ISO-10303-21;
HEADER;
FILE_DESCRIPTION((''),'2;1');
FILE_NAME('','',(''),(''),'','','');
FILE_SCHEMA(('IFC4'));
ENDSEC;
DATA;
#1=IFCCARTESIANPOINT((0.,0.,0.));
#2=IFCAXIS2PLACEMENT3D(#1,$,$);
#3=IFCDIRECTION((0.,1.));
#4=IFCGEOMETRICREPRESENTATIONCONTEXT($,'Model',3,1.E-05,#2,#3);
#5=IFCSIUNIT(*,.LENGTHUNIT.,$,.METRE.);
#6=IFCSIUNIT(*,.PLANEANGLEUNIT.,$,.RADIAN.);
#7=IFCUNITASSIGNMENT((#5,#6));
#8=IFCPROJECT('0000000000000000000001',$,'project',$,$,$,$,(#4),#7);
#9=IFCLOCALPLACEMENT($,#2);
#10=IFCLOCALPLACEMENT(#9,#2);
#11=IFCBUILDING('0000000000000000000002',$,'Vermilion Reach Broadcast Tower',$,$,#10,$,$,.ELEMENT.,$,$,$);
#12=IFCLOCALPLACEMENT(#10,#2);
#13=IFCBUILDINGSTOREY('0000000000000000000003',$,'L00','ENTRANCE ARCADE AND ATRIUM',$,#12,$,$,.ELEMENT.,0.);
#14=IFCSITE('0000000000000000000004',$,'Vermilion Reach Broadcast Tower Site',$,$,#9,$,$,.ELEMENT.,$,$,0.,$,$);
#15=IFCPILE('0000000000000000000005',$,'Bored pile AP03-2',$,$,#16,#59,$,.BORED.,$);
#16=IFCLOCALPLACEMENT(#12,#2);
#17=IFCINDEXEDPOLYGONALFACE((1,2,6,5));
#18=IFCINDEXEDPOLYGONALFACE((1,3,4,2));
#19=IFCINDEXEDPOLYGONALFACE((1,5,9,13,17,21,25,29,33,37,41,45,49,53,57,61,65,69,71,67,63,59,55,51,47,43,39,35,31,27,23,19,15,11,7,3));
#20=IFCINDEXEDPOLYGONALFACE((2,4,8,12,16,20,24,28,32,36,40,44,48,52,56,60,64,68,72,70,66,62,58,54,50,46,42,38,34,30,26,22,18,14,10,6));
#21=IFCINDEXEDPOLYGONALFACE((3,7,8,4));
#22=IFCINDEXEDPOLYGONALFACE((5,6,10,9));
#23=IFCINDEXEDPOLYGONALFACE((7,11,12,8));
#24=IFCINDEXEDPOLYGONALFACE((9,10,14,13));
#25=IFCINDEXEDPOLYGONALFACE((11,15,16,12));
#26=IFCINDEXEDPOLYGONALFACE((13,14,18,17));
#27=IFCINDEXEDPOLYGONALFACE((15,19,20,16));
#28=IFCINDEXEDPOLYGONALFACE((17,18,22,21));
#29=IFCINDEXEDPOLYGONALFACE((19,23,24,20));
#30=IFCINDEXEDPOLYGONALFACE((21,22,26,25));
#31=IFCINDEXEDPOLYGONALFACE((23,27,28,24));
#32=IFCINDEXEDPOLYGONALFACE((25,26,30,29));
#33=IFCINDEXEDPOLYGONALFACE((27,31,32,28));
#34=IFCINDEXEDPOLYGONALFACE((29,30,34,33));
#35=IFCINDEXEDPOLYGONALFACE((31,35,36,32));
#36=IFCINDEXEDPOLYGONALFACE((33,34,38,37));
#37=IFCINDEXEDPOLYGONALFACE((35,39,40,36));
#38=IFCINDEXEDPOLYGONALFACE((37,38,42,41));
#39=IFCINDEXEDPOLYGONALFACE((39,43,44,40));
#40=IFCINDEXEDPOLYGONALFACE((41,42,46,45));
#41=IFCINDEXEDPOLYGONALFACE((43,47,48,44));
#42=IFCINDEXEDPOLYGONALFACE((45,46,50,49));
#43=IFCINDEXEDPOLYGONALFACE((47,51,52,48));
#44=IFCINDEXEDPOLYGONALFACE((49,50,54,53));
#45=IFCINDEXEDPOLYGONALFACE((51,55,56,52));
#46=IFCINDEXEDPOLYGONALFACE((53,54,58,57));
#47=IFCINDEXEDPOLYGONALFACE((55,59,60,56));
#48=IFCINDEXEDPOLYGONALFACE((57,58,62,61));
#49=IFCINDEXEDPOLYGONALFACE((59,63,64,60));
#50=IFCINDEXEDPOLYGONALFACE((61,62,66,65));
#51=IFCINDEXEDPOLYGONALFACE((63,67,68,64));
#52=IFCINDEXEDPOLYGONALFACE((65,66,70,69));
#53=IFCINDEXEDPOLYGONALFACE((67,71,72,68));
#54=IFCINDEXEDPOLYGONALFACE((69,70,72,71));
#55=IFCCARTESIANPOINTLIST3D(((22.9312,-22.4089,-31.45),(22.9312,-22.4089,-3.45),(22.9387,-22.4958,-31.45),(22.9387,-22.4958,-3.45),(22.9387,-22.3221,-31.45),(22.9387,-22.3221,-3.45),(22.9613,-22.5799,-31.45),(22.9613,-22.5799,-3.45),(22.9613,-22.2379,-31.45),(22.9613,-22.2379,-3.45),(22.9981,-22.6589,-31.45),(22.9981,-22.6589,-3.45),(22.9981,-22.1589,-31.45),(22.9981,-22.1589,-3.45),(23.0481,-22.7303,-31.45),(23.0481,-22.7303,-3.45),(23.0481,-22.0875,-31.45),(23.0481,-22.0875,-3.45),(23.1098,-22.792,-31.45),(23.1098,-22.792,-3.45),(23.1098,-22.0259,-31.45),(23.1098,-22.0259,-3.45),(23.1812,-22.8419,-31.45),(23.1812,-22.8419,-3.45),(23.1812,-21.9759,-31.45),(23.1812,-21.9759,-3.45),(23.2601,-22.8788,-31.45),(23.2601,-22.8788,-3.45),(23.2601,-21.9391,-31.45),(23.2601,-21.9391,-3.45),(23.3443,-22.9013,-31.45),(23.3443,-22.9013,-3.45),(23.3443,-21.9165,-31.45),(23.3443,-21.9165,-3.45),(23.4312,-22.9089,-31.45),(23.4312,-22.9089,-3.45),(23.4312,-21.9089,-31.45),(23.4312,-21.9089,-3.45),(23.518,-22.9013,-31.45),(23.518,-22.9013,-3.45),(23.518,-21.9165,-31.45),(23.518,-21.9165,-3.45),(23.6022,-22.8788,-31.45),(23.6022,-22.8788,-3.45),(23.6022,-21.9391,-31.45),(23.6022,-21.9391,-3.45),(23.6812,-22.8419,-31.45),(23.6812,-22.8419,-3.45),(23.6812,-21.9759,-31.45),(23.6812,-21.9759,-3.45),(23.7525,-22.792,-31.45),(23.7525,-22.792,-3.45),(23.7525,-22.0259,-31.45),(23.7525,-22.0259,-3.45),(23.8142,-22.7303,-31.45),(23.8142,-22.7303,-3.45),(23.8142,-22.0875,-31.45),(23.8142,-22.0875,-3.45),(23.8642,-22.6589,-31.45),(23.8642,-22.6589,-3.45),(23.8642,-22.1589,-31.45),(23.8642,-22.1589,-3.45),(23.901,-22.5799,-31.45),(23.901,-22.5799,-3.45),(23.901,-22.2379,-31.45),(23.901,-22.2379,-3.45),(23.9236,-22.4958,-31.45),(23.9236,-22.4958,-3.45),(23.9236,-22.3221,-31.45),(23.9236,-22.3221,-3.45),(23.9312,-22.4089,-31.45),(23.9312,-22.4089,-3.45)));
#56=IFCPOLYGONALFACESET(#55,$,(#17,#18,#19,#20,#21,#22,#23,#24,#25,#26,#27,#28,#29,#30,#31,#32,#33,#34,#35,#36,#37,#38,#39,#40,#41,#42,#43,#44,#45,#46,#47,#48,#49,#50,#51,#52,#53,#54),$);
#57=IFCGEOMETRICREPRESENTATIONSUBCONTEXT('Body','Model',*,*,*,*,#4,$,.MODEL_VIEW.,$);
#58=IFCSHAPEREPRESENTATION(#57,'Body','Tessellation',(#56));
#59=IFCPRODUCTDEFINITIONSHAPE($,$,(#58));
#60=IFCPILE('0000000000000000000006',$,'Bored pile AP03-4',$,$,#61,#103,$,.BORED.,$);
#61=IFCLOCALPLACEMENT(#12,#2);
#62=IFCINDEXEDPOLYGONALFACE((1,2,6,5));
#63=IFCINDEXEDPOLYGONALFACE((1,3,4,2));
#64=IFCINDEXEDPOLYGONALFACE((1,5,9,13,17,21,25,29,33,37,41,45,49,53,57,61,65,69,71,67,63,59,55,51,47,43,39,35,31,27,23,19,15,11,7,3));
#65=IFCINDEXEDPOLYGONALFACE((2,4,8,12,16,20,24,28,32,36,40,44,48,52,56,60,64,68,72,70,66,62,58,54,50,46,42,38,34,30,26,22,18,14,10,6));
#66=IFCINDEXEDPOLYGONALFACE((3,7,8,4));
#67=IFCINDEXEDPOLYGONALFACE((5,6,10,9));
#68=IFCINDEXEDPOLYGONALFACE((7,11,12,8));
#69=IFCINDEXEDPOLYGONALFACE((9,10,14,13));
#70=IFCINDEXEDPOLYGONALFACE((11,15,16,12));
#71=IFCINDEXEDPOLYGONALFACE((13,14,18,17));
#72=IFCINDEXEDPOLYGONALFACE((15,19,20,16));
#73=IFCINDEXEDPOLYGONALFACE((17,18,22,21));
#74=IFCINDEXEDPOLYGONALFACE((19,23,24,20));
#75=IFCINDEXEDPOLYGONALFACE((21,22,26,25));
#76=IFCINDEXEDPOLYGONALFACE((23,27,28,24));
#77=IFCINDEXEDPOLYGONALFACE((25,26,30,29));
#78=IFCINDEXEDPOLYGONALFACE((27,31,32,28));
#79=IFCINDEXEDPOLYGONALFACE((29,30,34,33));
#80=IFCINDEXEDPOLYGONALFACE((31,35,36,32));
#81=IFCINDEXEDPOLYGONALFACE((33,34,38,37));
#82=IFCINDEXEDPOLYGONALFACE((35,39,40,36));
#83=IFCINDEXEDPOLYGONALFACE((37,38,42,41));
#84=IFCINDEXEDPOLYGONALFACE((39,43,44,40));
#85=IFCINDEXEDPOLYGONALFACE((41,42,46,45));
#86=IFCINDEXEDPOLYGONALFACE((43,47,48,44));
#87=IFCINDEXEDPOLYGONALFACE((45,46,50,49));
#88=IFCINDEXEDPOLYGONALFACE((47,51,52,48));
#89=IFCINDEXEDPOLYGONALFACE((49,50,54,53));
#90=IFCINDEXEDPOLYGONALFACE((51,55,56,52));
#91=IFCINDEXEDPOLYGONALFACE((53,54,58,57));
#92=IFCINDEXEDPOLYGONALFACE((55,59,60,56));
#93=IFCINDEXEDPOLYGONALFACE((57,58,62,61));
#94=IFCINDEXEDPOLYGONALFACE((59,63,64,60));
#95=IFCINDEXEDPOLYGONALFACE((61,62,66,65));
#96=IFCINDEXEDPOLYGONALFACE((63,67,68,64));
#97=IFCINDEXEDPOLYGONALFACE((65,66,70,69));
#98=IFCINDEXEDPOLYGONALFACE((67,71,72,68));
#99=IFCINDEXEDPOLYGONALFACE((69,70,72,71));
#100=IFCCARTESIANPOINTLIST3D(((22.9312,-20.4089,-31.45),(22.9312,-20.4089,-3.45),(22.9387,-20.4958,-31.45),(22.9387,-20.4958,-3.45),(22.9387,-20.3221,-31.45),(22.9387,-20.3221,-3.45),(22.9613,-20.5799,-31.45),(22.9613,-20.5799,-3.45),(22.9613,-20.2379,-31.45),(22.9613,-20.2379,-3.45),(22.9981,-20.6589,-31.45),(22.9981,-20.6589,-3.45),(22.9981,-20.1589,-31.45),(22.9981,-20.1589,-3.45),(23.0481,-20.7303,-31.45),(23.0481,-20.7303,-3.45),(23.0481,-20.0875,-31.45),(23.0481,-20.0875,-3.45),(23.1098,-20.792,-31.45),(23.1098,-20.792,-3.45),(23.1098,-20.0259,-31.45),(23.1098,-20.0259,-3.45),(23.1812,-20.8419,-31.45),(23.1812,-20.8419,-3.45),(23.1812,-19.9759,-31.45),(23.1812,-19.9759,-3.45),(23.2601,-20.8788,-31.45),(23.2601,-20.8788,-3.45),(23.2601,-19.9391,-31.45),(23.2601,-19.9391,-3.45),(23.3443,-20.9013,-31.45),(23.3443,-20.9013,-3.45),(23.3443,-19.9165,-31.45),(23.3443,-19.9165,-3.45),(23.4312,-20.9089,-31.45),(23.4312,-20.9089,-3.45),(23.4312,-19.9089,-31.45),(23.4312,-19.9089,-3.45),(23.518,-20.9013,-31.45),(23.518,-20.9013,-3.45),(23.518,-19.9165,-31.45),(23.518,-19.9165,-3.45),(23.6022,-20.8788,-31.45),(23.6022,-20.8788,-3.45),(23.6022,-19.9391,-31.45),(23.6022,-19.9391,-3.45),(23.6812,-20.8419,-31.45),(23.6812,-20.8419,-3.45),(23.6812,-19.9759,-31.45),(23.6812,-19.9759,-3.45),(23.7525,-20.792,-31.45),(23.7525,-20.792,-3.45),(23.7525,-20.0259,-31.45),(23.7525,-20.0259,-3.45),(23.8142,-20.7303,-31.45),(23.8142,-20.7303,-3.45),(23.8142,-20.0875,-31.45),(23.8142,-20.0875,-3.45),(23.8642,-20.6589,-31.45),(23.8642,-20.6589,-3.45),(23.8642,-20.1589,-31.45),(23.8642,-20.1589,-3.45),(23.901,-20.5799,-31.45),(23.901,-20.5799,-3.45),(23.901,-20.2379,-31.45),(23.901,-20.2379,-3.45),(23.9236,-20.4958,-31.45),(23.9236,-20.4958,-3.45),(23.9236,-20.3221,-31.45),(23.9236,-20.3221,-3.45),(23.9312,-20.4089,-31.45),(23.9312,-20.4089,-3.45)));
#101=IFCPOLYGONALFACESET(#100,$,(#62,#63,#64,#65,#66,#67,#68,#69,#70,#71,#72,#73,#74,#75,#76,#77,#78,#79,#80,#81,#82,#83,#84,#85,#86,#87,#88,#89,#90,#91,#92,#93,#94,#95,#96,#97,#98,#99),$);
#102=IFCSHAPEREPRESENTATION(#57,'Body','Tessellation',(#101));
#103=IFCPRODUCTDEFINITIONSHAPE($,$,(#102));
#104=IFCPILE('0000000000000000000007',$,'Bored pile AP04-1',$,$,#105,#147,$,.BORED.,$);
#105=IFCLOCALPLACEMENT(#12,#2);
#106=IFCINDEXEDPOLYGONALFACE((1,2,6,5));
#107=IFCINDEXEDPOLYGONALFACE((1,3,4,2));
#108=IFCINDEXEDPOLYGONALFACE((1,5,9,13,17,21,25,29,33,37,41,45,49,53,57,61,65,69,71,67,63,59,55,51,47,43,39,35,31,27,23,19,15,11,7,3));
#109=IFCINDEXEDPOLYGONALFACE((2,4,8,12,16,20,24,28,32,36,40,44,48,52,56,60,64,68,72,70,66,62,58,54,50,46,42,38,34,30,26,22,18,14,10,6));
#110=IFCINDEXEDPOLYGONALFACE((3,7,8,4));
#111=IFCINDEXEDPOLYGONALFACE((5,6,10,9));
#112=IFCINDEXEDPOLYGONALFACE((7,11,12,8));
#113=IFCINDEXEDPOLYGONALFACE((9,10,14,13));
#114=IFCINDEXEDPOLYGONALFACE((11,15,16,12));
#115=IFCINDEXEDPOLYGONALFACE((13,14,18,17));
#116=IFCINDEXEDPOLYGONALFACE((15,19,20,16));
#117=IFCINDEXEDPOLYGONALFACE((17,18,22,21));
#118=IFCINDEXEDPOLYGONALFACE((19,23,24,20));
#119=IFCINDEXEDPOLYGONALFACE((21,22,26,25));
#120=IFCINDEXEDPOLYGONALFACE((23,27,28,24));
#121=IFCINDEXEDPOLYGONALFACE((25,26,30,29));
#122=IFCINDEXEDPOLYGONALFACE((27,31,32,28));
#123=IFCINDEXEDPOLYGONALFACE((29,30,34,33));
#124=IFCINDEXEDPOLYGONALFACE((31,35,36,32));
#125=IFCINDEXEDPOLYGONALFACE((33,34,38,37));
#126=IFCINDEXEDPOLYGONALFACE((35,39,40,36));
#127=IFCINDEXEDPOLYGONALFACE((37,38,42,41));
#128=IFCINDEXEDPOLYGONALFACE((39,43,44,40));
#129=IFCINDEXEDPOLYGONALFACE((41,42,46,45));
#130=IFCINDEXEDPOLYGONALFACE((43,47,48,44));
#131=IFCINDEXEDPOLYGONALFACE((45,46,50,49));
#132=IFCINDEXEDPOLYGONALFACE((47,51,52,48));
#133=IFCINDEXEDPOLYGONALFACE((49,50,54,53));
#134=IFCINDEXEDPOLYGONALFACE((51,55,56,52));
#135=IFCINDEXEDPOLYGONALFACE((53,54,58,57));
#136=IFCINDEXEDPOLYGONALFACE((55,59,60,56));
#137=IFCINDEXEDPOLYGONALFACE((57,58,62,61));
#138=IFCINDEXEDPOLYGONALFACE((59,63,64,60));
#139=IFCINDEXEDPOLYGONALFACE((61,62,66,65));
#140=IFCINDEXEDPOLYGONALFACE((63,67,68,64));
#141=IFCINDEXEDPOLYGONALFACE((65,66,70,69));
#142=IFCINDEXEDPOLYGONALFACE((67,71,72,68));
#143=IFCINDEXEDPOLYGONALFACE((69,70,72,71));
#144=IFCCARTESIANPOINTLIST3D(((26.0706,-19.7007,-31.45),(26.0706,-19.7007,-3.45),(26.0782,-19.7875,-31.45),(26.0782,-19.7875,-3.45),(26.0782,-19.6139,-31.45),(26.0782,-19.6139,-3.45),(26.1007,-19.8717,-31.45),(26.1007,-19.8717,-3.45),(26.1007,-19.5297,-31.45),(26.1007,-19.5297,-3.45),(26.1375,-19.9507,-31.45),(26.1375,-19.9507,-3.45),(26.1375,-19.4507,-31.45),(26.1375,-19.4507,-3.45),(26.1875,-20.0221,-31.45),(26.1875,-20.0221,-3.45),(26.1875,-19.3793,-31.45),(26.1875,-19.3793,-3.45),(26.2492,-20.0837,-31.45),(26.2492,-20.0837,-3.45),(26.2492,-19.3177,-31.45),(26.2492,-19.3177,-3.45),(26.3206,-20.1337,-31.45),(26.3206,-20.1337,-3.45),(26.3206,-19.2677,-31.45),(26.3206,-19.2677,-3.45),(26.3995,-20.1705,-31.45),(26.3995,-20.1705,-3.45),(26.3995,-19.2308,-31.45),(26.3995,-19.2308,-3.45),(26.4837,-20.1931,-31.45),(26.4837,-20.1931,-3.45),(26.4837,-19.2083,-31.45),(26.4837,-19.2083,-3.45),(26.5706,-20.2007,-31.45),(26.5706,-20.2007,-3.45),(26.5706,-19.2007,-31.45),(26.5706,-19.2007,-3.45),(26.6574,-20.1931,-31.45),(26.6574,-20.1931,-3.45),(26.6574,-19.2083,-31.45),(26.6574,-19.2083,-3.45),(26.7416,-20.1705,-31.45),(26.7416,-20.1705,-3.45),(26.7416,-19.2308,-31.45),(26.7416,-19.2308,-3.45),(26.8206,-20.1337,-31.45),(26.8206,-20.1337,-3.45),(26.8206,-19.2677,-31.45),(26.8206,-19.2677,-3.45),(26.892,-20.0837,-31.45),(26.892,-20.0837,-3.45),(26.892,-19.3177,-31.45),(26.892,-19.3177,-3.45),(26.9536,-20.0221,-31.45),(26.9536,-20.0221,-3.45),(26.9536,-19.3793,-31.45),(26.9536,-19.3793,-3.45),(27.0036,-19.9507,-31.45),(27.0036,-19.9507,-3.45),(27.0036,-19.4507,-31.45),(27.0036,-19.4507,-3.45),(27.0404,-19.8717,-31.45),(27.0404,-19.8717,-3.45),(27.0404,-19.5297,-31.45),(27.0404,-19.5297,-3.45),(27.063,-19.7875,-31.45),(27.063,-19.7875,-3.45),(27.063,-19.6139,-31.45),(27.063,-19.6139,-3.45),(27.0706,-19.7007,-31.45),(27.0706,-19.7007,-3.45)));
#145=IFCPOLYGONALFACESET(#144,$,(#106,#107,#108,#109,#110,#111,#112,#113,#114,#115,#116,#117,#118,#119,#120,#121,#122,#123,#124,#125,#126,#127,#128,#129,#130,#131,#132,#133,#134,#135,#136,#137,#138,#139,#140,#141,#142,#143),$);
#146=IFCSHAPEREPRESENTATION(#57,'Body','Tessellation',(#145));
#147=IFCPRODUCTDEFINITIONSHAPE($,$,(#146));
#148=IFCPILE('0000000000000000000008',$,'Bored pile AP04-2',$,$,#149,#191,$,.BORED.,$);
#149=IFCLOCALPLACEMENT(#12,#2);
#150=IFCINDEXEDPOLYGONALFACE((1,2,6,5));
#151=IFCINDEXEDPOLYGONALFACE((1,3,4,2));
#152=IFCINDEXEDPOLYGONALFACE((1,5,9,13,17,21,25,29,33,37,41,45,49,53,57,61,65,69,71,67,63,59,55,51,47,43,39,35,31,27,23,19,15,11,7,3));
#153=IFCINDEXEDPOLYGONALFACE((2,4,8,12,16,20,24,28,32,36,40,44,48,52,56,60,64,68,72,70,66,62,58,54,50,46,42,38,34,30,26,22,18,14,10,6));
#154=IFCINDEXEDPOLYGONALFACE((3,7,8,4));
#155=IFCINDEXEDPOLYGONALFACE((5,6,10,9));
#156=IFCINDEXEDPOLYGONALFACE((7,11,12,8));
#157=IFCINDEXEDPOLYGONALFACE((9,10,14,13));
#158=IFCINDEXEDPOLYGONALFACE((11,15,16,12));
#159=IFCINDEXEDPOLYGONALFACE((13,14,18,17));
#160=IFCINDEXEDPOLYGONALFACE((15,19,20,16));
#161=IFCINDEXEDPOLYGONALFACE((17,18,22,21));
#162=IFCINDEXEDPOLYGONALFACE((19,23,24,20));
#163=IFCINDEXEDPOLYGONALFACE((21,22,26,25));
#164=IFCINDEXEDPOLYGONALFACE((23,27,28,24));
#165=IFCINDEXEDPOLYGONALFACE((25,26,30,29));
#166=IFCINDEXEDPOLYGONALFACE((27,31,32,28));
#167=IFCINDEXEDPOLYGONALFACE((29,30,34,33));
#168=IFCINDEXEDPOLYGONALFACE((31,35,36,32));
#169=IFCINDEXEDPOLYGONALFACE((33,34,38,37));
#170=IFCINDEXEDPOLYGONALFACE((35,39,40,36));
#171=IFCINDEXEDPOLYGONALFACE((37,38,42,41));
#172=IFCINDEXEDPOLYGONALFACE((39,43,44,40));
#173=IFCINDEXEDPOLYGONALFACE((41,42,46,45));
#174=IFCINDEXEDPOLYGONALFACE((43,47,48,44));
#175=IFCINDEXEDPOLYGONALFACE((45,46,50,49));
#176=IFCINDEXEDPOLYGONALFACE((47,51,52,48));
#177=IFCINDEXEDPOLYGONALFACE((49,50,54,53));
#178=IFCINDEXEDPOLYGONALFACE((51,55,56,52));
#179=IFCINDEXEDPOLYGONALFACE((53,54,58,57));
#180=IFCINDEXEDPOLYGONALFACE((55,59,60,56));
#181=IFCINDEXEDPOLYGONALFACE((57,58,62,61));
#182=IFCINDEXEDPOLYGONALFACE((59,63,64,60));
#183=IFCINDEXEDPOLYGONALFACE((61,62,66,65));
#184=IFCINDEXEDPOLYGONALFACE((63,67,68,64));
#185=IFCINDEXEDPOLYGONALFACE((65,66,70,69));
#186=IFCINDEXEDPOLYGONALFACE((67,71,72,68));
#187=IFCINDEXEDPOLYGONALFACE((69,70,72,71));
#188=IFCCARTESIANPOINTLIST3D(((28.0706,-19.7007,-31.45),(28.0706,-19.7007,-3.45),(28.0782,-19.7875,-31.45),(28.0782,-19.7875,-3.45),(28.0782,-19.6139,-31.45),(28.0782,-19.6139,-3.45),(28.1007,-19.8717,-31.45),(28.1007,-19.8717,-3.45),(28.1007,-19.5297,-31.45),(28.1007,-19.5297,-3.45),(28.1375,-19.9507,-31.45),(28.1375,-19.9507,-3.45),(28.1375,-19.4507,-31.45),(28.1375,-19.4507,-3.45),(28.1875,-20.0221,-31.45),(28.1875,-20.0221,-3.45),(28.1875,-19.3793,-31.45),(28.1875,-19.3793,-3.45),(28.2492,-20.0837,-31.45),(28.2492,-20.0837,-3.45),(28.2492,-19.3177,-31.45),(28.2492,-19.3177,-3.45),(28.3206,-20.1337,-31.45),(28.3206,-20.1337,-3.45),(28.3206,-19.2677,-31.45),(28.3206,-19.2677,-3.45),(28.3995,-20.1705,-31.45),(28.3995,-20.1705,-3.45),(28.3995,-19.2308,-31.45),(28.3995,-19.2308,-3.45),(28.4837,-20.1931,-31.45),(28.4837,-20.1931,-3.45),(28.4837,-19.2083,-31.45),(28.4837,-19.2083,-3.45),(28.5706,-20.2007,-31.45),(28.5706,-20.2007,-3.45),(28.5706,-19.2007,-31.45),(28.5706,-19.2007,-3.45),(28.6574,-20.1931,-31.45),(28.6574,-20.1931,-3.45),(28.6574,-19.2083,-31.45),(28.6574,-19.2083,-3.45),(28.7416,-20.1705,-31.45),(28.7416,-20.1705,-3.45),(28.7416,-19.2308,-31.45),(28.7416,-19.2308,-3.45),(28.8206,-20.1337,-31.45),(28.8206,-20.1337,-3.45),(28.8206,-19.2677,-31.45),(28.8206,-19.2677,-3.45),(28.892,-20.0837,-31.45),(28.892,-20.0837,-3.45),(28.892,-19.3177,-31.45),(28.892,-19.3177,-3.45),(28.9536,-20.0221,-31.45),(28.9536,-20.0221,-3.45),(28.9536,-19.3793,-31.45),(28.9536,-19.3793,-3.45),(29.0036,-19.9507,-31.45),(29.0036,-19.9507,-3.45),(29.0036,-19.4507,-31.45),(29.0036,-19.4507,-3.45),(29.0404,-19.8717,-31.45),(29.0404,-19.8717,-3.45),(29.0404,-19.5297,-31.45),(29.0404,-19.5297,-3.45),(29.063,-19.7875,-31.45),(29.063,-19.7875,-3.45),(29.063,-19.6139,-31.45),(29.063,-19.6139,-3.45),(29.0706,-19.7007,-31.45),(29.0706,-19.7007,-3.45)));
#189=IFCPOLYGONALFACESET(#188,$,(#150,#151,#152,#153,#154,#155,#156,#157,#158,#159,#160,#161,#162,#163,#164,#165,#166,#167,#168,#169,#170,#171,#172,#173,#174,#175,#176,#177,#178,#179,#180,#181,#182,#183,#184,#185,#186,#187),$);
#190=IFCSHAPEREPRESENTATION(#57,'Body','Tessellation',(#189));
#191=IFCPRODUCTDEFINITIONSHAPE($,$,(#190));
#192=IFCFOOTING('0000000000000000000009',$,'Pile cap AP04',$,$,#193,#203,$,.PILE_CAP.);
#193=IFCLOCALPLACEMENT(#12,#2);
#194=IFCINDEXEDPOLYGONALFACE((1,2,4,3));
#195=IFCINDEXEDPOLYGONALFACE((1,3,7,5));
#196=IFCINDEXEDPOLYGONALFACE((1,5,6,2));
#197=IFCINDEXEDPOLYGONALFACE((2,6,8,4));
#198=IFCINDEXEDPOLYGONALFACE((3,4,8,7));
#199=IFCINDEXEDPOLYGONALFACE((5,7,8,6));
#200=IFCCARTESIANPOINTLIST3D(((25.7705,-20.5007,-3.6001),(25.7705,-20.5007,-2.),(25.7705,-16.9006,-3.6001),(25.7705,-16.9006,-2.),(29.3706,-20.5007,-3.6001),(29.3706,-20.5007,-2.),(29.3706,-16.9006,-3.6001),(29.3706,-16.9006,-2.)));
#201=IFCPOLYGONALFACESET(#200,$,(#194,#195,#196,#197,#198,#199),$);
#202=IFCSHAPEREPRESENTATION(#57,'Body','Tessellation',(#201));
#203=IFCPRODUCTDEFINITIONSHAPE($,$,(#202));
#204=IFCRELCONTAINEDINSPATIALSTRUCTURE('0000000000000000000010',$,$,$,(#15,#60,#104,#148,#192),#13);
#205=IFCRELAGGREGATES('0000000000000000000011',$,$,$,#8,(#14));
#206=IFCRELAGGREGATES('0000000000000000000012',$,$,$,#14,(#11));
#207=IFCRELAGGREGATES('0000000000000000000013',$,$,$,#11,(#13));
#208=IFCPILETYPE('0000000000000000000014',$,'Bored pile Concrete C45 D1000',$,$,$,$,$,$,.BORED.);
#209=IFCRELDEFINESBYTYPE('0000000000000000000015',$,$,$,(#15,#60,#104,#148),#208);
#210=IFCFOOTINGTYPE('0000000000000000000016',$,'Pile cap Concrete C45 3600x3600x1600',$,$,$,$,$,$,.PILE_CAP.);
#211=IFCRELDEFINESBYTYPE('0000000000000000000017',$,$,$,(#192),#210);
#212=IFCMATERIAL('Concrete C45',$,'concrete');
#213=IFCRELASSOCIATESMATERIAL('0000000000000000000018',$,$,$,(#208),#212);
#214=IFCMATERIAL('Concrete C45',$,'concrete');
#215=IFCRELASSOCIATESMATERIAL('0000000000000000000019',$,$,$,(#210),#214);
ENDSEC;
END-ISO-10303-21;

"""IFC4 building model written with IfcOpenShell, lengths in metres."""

from ifc_helpers import new_model, si_unit, direction, frame, origin, origin_2d, place, context, subcontext, project, spatial, rectangle, circle, extrude, material, material_profile, profile_set, type_object, element, save


model = new_model("IFC4")

# Units and contexts
model_context = context("Model", 3, precision=1e-05, world=origin(), true_north=direction((0.0, 1.0)))
body_context = subcontext(model_context, "Body", "Model", "MODEL_VIEW")
ifc_project = project(units=[si_unit("LENGTHUNIT", "METRE"), si_unit("PLANEANGLEUNIT", "RADIAN")], contexts=[model_context])

# Site, building, storey
site_placement = place(None, origin())
site = spatial("IfcSite", under=ifc_project, at=site_placement, Name="Vermilion Reach Broadcast Tower Site", CompositionType="ELEMENT", RefElevation=0.0)
building_placement = place(site_placement, origin())
building = spatial("IfcBuilding", under=site, at=building_placement, Name="Vermilion Reach Broadcast Tower", CompositionType="ELEMENT")
storey_placement = place(building_placement, origin())
storey = spatial("IfcBuildingStorey", under=building, at=storey_placement, Name="L00", Description="ENTRANCE ARCADE AND ATRIUM", CompositionType="ELEMENT", Elevation=0.0)

# Piles
ifc_material_1 = material(Name="Concrete C45", Category="concrete")
ifc_material_profile_1 = material_profile(ifc_material_1, circle(Radius=0.5, at=origin_2d()), Name="Concrete C45 D1000")
ifc_profile_set_1 = profile_set([ifc_material_profile_1], Name="Concrete C45")
pile_type = type_object("IfcPileType", Name="Bored pile Concrete C45 D1000", PredefinedType="BORED", material=ifc_profile_set_1)
for number, where, z_axis, x_axis, name in (
    (1, (23.4312, -22.4089, -3.45), (0.0, 0.0, -1.0), (1.0, 0.0, 0.0), "Bored pile AP03-2"),
    (2, (23.4312, -20.4089, -3.45), (0.0, 0.0, -1.0), (1.0, 0.0, 0.0), "Bored pile AP03-4"),
    (3, (26.5706, -19.7007, -3.45), (0.0, 0.0, -1.0), (1.0, 0.0, 0.0), "Bored pile AP04-1"),
    (4, (28.5706, -19.7007, -3.45), (0.0, 0.0, -1.0), (1.0, 0.0, 0.0), "Bored pile AP04-2"),
):
    element("IfcPile", number, at=place(storey_placement, frame(where, z_axis=z_axis, x_axis=x_axis)), inside=storey, type_object=pile_type, Name=name, PredefinedType="BORED", context=body_context, shape_type="SweptSolid", body=[
        extrude(circle(Radius=0.5, at=origin_2d()), origin(), (0.0, 0.0, 1.0), 28.0),
    ])

# Footing
ifc_material_2 = material(Name="Concrete C45", Category="concrete")
footing_type = type_object("IfcFootingType", Name="Pile cap Concrete C45 3600x3600x1600", PredefinedType="PILE_CAP", material=ifc_material_2)
footing_placement = place(storey_placement, frame((27.5706, -18.7007, -3.6001), z_axis=(0.0, 0.0, 1.0), x_axis=(1.0, 0.0, 0.0)))
element("IfcFooting", 5, at=footing_placement, inside=storey, type_object=footing_type, Name="Pile cap AP04", PredefinedType="PILE_CAP", context=body_context, shape_type="SweptSolid", body=[
    extrude(rectangle(XDim=3.6001, YDim=3.6001, at=origin_2d()), origin(), (0.0, 0.0, 1.0), 1.6001),
])

save(model, "model.ifc")
